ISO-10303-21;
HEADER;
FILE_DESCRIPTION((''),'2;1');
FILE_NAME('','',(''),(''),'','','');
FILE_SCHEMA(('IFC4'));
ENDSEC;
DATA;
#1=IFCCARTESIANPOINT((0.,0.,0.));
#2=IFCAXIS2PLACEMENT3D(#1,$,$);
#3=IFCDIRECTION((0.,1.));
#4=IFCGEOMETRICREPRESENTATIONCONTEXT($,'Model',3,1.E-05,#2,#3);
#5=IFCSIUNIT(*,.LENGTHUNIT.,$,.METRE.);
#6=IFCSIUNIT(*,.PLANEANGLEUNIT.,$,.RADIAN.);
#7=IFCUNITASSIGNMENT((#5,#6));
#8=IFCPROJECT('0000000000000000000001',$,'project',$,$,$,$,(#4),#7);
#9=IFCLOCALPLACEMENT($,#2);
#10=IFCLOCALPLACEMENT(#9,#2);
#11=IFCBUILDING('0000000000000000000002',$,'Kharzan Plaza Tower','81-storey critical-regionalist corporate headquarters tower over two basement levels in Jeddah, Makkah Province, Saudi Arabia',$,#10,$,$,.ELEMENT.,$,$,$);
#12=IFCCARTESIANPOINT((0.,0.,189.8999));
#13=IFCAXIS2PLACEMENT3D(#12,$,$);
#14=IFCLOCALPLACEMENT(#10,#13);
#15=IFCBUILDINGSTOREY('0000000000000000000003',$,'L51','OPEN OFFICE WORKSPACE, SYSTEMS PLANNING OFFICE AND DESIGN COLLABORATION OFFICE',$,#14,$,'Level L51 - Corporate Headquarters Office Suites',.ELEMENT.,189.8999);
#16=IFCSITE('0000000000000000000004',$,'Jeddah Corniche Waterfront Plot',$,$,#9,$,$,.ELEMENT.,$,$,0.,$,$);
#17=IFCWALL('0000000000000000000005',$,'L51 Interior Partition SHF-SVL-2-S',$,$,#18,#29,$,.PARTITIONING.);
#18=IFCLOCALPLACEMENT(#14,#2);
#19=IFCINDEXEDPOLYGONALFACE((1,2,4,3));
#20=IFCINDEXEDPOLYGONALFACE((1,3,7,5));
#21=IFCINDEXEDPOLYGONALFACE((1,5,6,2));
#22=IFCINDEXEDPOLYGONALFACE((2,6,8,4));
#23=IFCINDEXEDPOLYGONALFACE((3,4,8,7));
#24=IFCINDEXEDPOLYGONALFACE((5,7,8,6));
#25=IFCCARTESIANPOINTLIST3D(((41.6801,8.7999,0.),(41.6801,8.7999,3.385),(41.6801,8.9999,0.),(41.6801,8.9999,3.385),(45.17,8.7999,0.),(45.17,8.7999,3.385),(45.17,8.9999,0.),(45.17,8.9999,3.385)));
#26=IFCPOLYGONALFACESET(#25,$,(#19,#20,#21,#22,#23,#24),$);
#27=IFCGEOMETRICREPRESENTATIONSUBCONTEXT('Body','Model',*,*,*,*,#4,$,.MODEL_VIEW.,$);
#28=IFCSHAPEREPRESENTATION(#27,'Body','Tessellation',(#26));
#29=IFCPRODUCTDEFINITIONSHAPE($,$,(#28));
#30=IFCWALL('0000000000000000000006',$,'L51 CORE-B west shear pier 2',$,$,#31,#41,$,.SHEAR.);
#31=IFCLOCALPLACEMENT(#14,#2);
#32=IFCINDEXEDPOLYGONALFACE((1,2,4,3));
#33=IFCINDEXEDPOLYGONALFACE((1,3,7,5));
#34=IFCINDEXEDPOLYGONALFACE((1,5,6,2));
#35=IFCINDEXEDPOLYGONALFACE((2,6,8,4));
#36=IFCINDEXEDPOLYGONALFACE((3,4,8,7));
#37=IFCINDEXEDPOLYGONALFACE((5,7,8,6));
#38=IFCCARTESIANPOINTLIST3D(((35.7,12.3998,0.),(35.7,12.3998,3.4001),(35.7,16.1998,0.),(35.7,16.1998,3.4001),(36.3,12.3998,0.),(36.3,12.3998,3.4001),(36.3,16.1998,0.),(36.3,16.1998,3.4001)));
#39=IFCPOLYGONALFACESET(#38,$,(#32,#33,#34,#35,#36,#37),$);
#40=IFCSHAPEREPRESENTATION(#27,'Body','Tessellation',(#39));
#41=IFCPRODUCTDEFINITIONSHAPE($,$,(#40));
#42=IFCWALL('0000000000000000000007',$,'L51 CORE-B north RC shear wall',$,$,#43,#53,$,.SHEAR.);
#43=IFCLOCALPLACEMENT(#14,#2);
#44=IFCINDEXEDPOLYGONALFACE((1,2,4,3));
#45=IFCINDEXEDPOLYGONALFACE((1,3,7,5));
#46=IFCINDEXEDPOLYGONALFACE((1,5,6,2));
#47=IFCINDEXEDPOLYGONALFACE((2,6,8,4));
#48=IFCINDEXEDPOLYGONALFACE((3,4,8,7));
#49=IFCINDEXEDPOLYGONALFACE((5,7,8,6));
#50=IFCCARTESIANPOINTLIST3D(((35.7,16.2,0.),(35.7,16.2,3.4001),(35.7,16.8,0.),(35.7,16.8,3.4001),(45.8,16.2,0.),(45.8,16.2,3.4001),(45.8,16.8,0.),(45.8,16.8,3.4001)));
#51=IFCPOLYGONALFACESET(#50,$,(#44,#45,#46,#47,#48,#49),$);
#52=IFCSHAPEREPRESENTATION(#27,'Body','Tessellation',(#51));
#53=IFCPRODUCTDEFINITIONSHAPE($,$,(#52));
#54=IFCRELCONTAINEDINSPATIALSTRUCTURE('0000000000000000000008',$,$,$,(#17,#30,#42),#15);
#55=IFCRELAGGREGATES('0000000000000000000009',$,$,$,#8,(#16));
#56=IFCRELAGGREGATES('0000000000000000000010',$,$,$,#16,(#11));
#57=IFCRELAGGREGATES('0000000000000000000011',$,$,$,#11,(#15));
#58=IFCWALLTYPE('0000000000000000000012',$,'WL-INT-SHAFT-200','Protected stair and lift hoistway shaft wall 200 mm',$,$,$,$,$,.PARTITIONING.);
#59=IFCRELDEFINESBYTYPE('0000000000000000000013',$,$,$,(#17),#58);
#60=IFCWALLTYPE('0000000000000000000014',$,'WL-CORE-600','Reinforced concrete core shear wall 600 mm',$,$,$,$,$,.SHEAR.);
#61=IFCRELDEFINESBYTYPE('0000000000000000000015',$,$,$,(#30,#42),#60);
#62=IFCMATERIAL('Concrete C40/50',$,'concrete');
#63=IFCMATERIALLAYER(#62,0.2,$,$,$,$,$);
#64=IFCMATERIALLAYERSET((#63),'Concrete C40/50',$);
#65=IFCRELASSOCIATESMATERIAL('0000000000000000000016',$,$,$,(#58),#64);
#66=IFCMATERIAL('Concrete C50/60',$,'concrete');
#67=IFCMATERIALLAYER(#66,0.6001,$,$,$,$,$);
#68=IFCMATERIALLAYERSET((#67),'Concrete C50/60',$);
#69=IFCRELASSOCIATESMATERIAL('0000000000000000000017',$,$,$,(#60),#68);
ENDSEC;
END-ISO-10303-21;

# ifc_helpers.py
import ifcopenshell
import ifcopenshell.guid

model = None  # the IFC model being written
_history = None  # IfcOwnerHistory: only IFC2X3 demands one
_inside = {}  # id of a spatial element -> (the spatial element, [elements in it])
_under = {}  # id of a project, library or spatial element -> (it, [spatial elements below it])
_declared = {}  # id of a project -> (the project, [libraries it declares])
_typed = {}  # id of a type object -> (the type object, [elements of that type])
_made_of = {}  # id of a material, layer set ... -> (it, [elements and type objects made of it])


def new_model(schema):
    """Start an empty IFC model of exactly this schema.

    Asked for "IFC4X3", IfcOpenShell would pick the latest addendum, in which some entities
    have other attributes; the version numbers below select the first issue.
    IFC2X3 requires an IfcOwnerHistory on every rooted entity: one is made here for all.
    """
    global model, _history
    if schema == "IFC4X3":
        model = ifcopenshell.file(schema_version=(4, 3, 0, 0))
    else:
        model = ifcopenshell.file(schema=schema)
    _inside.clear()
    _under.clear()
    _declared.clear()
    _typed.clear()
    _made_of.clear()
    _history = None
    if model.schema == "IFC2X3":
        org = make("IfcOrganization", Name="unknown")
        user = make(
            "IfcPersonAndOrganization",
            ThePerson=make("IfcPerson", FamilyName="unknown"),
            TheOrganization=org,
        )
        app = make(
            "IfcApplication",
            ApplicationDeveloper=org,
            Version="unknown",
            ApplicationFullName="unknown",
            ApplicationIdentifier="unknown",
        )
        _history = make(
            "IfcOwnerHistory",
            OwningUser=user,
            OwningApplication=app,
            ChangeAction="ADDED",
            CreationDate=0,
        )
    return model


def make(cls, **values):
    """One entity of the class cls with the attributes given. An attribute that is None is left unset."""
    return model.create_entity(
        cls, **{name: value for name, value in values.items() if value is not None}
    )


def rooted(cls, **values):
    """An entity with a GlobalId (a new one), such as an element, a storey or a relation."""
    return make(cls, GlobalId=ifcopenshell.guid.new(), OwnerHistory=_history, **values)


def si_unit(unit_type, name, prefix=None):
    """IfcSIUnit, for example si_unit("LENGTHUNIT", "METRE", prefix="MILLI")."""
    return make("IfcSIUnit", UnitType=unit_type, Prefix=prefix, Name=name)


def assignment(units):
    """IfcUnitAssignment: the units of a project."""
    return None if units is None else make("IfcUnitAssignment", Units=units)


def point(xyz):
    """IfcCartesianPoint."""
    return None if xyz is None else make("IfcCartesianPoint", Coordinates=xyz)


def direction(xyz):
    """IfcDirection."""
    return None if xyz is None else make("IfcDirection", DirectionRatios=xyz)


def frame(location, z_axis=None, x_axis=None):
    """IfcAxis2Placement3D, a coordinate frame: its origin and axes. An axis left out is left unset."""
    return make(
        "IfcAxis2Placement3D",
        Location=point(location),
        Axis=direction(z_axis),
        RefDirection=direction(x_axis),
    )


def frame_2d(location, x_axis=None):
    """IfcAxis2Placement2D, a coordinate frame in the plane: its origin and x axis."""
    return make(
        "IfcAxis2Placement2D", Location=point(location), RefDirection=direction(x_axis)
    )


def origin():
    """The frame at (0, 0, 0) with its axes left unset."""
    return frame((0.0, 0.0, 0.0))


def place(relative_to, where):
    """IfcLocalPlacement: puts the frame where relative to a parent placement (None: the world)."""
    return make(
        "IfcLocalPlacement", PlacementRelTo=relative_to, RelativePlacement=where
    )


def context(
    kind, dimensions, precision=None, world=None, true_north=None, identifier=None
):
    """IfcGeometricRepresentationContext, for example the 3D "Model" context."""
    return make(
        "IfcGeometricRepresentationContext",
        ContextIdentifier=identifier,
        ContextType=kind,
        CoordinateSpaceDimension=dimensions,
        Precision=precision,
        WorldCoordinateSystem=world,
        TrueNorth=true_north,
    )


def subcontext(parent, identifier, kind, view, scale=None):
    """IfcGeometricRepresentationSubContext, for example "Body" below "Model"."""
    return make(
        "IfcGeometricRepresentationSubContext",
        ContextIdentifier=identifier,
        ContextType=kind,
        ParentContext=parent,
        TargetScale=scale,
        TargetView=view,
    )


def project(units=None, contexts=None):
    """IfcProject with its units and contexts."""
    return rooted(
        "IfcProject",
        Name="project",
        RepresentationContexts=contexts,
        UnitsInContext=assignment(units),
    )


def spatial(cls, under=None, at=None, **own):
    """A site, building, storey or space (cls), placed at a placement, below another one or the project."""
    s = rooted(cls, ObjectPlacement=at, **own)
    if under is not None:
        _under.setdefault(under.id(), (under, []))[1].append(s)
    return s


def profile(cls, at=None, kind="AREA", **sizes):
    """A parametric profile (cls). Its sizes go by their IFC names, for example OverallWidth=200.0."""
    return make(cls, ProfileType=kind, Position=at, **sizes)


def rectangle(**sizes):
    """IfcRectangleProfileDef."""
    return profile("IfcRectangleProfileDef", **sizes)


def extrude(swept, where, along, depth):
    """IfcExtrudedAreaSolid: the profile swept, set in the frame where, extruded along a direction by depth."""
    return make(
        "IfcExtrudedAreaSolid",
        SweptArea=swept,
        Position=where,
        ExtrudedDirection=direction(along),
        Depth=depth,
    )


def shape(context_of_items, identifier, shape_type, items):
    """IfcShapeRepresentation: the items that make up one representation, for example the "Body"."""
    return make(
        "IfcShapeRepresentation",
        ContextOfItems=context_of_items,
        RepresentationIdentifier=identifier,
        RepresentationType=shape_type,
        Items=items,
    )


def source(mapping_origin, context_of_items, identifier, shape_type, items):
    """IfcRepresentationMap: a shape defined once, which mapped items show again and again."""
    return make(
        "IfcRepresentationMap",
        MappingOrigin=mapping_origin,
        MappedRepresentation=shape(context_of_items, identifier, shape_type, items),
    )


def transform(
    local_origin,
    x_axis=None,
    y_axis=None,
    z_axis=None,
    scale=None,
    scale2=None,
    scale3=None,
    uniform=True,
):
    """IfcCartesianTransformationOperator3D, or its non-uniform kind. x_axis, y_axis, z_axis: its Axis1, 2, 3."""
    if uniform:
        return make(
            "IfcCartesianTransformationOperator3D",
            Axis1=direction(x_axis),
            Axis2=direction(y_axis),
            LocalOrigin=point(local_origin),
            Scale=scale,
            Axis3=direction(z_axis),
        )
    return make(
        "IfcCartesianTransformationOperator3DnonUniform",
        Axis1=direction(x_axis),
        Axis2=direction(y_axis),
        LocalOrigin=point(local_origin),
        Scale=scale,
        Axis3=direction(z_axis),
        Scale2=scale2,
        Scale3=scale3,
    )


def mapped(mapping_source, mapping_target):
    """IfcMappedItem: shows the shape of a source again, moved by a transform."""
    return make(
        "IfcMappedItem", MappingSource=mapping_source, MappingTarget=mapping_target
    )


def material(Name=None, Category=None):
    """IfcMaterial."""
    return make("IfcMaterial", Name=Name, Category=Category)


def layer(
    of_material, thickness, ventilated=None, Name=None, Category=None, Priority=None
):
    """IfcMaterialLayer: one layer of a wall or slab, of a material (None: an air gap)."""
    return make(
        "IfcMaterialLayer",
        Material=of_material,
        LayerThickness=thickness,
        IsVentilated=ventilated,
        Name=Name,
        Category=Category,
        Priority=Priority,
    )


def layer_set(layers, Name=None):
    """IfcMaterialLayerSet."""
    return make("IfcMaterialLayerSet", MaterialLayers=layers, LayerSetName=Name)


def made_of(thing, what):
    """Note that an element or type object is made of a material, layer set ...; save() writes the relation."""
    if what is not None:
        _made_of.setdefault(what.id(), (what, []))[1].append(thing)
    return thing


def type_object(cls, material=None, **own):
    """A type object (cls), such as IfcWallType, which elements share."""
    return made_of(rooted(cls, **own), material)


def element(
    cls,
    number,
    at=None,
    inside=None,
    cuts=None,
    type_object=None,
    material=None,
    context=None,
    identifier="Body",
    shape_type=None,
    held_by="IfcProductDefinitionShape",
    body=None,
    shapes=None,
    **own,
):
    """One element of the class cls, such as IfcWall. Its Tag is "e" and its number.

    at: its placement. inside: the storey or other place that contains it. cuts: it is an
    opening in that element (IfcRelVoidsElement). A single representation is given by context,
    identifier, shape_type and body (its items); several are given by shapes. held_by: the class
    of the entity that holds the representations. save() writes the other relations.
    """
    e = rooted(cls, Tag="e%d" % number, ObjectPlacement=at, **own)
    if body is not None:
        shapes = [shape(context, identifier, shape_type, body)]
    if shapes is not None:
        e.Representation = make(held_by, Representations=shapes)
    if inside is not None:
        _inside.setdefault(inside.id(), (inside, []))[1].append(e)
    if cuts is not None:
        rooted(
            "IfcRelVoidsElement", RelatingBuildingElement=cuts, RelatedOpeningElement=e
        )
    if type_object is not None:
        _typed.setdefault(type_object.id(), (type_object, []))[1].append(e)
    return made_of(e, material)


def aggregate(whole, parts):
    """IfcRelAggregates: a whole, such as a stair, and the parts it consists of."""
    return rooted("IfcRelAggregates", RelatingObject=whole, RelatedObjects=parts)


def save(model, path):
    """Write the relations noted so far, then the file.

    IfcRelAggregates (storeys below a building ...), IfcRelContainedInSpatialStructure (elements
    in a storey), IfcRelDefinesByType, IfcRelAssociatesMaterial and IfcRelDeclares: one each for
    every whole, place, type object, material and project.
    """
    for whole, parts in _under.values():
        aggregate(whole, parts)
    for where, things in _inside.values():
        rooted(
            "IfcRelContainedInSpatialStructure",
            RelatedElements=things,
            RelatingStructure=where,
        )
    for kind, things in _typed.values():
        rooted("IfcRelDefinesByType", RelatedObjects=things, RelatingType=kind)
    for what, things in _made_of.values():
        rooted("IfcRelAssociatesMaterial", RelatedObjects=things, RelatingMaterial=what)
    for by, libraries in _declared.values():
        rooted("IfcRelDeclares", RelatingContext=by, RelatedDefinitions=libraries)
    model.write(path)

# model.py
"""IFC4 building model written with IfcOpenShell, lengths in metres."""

from ifc_helpers import new_model, si_unit, direction, frame, frame_2d, origin, place, context, subcontext, project, spatial, rectangle, extrude, source, transform, mapped, material, layer, layer_set, type_object, element, save


model = new_model("IFC4")

# Units and contexts
model_context = context("Model", 3, precision=1e-05, world=origin(), true_north=direction((0.0, 1.0)))
body_context = subcontext(model_context, "Body", "Model", "MODEL_VIEW")
ifc_project = project(units=[si_unit("LENGTHUNIT", "METRE"), si_unit("PLANEANGLEUNIT", "RADIAN")], contexts=[model_context])

# Site, building, storey
site_placement = place(None, origin())
site = spatial("IfcSite", under=ifc_project, at=site_placement, Name="Jeddah Corniche Waterfront Plot", CompositionType="ELEMENT", RefElevation=0.0)
building_placement = place(site_placement, origin())
building = spatial("IfcBuilding", under=site, at=building_placement, Name="Kharzan Plaza Tower", Description="81-storey critical-regionalist corporate headquarters tower over two basement levels in Jeddah, Makkah Province, Saudi Arabia", CompositionType="ELEMENT")
storey_placement = place(building_placement, frame((0.0, 0.0, 189.8999)))
storey = spatial("IfcBuildingStorey", under=building, at=storey_placement, Name="L51", Description="OPEN OFFICE WORKSPACE, SYSTEMS PLANNING OFFICE AND DESIGN COLLABORATION OFFICE", LongName="Level L51 - Corporate Headquarters Office Suites", CompositionType="ELEMENT", Elevation=189.8999)

# Shared definitions
ifc_material_1 = material(Name="Concrete C50/60", Category="concrete")

# Shared definitions
ifc_material_2 = material(Name="Concrete C40/50", Category="concrete")

# Shared definitions
ifc_layer_1 = layer(ifc_material_2, 0.2)
ifc_layer_set_1 = layer_set([ifc_layer_1], Name="Concrete C40/50")
wall_type_1 = type_object("IfcWallType", Name="WL-INT-SHAFT-200", Description="Protected stair and lift hoistway shaft wall 200 mm", PredefinedType="PARTITIONING", material=ifc_layer_set_1)

# Walls
shared_shape_1 = source(origin(), body_context, "Body", "SweptSolid", [
    extrude(rectangle(XDim=3.49, YDim=0.2, at=frame_2d((1.7451, 0.0))), origin(), (0.0, 0.0, 1.0), 3.385),
])
for number, where, z_axis, x_axis, name in (
    (1, (41.6799, 8.8999, 0.0), (0.0, 0.0, 1.0), (1.0, 0.0, 0.0), "L51 Interior Partition SHF-SVL-2-S"),
):
    element("IfcWall", number, at=place(storey_placement, frame(where, z_axis=z_axis, x_axis=x_axis)), inside=storey, type_object=wall_type_1, Name=name, PredefinedType="PARTITIONING", context=body_context, shape_type="MappedRepresentation", body=[
        mapped(shared_shape_1, transform((0.0, 0.0, 0.0), x_axis=(1.0, 0.0, 0.0), y_axis=(0.0, 1.0, 0.0), z_axis=(0.0, 0.0, 1.0))),
    ])
ifc_layer_2 = layer(ifc_material_1, 0.6001)
ifc_layer_set_2 = layer_set([ifc_layer_2], Name="Concrete C50/60")
wall_type_2 = type_object("IfcWallType", Name="WL-CORE-600", Description="Reinforced concrete core shear wall 600 mm", PredefinedType="SHEAR", material=ifc_layer_set_2)
shared_shape_2 = source(origin(), body_context, "Body", "SweptSolid", [
    extrude(rectangle(XDim=3.8, YDim=0.6001, at=frame_2d((1.8999, 0.0))), origin(), (0.0, 0.0, 1.0), 3.4001),
])
wall_1_placement = place(storey_placement, frame((36.0, 12.3999, 0.0), z_axis=(0.0, 0.0, 1.0), x_axis=(0.0, 1.0, 0.0)))
element("IfcWall", 2, at=wall_1_placement, inside=storey, type_object=wall_type_2, Name="L51 CORE-B west shear pier 2", PredefinedType="SHEAR", context=body_context, shape_type="MappedRepresentation", body=[
    mapped(shared_shape_2, transform((0.0, 0.0, 0.0), x_axis=(1.0, 0.0, 0.0), y_axis=(0.0, 1.0, 0.0), z_axis=(0.0, 0.0, 1.0))),
])
shared_shape_3 = source(origin(), body_context, "Body", "SweptSolid", [
    extrude(rectangle(XDim=10.1001, YDim=0.6001, at=frame_2d((5.05, 0.0))), origin(), (0.0, 0.0, 1.0), 3.4001),
])
wall_2_placement = place(storey_placement, frame((35.7, 16.5, 0.0), z_axis=(0.0, 0.0, 1.0), x_axis=(1.0, 0.0, 0.0)))
element("IfcWall", 3, at=wall_2_placement, inside=storey, type_object=wall_type_2, Name="L51 CORE-B north RC shear wall", PredefinedType="SHEAR", context=body_context, shape_type="MappedRepresentation", body=[
    mapped(shared_shape_3, transform((0.0, 0.0, 0.0), x_axis=(1.0, 0.0, 0.0), y_axis=(0.0, 1.0, 0.0), z_axis=(0.0, 0.0, 1.0))),
])

save(model, "model.ifc")
